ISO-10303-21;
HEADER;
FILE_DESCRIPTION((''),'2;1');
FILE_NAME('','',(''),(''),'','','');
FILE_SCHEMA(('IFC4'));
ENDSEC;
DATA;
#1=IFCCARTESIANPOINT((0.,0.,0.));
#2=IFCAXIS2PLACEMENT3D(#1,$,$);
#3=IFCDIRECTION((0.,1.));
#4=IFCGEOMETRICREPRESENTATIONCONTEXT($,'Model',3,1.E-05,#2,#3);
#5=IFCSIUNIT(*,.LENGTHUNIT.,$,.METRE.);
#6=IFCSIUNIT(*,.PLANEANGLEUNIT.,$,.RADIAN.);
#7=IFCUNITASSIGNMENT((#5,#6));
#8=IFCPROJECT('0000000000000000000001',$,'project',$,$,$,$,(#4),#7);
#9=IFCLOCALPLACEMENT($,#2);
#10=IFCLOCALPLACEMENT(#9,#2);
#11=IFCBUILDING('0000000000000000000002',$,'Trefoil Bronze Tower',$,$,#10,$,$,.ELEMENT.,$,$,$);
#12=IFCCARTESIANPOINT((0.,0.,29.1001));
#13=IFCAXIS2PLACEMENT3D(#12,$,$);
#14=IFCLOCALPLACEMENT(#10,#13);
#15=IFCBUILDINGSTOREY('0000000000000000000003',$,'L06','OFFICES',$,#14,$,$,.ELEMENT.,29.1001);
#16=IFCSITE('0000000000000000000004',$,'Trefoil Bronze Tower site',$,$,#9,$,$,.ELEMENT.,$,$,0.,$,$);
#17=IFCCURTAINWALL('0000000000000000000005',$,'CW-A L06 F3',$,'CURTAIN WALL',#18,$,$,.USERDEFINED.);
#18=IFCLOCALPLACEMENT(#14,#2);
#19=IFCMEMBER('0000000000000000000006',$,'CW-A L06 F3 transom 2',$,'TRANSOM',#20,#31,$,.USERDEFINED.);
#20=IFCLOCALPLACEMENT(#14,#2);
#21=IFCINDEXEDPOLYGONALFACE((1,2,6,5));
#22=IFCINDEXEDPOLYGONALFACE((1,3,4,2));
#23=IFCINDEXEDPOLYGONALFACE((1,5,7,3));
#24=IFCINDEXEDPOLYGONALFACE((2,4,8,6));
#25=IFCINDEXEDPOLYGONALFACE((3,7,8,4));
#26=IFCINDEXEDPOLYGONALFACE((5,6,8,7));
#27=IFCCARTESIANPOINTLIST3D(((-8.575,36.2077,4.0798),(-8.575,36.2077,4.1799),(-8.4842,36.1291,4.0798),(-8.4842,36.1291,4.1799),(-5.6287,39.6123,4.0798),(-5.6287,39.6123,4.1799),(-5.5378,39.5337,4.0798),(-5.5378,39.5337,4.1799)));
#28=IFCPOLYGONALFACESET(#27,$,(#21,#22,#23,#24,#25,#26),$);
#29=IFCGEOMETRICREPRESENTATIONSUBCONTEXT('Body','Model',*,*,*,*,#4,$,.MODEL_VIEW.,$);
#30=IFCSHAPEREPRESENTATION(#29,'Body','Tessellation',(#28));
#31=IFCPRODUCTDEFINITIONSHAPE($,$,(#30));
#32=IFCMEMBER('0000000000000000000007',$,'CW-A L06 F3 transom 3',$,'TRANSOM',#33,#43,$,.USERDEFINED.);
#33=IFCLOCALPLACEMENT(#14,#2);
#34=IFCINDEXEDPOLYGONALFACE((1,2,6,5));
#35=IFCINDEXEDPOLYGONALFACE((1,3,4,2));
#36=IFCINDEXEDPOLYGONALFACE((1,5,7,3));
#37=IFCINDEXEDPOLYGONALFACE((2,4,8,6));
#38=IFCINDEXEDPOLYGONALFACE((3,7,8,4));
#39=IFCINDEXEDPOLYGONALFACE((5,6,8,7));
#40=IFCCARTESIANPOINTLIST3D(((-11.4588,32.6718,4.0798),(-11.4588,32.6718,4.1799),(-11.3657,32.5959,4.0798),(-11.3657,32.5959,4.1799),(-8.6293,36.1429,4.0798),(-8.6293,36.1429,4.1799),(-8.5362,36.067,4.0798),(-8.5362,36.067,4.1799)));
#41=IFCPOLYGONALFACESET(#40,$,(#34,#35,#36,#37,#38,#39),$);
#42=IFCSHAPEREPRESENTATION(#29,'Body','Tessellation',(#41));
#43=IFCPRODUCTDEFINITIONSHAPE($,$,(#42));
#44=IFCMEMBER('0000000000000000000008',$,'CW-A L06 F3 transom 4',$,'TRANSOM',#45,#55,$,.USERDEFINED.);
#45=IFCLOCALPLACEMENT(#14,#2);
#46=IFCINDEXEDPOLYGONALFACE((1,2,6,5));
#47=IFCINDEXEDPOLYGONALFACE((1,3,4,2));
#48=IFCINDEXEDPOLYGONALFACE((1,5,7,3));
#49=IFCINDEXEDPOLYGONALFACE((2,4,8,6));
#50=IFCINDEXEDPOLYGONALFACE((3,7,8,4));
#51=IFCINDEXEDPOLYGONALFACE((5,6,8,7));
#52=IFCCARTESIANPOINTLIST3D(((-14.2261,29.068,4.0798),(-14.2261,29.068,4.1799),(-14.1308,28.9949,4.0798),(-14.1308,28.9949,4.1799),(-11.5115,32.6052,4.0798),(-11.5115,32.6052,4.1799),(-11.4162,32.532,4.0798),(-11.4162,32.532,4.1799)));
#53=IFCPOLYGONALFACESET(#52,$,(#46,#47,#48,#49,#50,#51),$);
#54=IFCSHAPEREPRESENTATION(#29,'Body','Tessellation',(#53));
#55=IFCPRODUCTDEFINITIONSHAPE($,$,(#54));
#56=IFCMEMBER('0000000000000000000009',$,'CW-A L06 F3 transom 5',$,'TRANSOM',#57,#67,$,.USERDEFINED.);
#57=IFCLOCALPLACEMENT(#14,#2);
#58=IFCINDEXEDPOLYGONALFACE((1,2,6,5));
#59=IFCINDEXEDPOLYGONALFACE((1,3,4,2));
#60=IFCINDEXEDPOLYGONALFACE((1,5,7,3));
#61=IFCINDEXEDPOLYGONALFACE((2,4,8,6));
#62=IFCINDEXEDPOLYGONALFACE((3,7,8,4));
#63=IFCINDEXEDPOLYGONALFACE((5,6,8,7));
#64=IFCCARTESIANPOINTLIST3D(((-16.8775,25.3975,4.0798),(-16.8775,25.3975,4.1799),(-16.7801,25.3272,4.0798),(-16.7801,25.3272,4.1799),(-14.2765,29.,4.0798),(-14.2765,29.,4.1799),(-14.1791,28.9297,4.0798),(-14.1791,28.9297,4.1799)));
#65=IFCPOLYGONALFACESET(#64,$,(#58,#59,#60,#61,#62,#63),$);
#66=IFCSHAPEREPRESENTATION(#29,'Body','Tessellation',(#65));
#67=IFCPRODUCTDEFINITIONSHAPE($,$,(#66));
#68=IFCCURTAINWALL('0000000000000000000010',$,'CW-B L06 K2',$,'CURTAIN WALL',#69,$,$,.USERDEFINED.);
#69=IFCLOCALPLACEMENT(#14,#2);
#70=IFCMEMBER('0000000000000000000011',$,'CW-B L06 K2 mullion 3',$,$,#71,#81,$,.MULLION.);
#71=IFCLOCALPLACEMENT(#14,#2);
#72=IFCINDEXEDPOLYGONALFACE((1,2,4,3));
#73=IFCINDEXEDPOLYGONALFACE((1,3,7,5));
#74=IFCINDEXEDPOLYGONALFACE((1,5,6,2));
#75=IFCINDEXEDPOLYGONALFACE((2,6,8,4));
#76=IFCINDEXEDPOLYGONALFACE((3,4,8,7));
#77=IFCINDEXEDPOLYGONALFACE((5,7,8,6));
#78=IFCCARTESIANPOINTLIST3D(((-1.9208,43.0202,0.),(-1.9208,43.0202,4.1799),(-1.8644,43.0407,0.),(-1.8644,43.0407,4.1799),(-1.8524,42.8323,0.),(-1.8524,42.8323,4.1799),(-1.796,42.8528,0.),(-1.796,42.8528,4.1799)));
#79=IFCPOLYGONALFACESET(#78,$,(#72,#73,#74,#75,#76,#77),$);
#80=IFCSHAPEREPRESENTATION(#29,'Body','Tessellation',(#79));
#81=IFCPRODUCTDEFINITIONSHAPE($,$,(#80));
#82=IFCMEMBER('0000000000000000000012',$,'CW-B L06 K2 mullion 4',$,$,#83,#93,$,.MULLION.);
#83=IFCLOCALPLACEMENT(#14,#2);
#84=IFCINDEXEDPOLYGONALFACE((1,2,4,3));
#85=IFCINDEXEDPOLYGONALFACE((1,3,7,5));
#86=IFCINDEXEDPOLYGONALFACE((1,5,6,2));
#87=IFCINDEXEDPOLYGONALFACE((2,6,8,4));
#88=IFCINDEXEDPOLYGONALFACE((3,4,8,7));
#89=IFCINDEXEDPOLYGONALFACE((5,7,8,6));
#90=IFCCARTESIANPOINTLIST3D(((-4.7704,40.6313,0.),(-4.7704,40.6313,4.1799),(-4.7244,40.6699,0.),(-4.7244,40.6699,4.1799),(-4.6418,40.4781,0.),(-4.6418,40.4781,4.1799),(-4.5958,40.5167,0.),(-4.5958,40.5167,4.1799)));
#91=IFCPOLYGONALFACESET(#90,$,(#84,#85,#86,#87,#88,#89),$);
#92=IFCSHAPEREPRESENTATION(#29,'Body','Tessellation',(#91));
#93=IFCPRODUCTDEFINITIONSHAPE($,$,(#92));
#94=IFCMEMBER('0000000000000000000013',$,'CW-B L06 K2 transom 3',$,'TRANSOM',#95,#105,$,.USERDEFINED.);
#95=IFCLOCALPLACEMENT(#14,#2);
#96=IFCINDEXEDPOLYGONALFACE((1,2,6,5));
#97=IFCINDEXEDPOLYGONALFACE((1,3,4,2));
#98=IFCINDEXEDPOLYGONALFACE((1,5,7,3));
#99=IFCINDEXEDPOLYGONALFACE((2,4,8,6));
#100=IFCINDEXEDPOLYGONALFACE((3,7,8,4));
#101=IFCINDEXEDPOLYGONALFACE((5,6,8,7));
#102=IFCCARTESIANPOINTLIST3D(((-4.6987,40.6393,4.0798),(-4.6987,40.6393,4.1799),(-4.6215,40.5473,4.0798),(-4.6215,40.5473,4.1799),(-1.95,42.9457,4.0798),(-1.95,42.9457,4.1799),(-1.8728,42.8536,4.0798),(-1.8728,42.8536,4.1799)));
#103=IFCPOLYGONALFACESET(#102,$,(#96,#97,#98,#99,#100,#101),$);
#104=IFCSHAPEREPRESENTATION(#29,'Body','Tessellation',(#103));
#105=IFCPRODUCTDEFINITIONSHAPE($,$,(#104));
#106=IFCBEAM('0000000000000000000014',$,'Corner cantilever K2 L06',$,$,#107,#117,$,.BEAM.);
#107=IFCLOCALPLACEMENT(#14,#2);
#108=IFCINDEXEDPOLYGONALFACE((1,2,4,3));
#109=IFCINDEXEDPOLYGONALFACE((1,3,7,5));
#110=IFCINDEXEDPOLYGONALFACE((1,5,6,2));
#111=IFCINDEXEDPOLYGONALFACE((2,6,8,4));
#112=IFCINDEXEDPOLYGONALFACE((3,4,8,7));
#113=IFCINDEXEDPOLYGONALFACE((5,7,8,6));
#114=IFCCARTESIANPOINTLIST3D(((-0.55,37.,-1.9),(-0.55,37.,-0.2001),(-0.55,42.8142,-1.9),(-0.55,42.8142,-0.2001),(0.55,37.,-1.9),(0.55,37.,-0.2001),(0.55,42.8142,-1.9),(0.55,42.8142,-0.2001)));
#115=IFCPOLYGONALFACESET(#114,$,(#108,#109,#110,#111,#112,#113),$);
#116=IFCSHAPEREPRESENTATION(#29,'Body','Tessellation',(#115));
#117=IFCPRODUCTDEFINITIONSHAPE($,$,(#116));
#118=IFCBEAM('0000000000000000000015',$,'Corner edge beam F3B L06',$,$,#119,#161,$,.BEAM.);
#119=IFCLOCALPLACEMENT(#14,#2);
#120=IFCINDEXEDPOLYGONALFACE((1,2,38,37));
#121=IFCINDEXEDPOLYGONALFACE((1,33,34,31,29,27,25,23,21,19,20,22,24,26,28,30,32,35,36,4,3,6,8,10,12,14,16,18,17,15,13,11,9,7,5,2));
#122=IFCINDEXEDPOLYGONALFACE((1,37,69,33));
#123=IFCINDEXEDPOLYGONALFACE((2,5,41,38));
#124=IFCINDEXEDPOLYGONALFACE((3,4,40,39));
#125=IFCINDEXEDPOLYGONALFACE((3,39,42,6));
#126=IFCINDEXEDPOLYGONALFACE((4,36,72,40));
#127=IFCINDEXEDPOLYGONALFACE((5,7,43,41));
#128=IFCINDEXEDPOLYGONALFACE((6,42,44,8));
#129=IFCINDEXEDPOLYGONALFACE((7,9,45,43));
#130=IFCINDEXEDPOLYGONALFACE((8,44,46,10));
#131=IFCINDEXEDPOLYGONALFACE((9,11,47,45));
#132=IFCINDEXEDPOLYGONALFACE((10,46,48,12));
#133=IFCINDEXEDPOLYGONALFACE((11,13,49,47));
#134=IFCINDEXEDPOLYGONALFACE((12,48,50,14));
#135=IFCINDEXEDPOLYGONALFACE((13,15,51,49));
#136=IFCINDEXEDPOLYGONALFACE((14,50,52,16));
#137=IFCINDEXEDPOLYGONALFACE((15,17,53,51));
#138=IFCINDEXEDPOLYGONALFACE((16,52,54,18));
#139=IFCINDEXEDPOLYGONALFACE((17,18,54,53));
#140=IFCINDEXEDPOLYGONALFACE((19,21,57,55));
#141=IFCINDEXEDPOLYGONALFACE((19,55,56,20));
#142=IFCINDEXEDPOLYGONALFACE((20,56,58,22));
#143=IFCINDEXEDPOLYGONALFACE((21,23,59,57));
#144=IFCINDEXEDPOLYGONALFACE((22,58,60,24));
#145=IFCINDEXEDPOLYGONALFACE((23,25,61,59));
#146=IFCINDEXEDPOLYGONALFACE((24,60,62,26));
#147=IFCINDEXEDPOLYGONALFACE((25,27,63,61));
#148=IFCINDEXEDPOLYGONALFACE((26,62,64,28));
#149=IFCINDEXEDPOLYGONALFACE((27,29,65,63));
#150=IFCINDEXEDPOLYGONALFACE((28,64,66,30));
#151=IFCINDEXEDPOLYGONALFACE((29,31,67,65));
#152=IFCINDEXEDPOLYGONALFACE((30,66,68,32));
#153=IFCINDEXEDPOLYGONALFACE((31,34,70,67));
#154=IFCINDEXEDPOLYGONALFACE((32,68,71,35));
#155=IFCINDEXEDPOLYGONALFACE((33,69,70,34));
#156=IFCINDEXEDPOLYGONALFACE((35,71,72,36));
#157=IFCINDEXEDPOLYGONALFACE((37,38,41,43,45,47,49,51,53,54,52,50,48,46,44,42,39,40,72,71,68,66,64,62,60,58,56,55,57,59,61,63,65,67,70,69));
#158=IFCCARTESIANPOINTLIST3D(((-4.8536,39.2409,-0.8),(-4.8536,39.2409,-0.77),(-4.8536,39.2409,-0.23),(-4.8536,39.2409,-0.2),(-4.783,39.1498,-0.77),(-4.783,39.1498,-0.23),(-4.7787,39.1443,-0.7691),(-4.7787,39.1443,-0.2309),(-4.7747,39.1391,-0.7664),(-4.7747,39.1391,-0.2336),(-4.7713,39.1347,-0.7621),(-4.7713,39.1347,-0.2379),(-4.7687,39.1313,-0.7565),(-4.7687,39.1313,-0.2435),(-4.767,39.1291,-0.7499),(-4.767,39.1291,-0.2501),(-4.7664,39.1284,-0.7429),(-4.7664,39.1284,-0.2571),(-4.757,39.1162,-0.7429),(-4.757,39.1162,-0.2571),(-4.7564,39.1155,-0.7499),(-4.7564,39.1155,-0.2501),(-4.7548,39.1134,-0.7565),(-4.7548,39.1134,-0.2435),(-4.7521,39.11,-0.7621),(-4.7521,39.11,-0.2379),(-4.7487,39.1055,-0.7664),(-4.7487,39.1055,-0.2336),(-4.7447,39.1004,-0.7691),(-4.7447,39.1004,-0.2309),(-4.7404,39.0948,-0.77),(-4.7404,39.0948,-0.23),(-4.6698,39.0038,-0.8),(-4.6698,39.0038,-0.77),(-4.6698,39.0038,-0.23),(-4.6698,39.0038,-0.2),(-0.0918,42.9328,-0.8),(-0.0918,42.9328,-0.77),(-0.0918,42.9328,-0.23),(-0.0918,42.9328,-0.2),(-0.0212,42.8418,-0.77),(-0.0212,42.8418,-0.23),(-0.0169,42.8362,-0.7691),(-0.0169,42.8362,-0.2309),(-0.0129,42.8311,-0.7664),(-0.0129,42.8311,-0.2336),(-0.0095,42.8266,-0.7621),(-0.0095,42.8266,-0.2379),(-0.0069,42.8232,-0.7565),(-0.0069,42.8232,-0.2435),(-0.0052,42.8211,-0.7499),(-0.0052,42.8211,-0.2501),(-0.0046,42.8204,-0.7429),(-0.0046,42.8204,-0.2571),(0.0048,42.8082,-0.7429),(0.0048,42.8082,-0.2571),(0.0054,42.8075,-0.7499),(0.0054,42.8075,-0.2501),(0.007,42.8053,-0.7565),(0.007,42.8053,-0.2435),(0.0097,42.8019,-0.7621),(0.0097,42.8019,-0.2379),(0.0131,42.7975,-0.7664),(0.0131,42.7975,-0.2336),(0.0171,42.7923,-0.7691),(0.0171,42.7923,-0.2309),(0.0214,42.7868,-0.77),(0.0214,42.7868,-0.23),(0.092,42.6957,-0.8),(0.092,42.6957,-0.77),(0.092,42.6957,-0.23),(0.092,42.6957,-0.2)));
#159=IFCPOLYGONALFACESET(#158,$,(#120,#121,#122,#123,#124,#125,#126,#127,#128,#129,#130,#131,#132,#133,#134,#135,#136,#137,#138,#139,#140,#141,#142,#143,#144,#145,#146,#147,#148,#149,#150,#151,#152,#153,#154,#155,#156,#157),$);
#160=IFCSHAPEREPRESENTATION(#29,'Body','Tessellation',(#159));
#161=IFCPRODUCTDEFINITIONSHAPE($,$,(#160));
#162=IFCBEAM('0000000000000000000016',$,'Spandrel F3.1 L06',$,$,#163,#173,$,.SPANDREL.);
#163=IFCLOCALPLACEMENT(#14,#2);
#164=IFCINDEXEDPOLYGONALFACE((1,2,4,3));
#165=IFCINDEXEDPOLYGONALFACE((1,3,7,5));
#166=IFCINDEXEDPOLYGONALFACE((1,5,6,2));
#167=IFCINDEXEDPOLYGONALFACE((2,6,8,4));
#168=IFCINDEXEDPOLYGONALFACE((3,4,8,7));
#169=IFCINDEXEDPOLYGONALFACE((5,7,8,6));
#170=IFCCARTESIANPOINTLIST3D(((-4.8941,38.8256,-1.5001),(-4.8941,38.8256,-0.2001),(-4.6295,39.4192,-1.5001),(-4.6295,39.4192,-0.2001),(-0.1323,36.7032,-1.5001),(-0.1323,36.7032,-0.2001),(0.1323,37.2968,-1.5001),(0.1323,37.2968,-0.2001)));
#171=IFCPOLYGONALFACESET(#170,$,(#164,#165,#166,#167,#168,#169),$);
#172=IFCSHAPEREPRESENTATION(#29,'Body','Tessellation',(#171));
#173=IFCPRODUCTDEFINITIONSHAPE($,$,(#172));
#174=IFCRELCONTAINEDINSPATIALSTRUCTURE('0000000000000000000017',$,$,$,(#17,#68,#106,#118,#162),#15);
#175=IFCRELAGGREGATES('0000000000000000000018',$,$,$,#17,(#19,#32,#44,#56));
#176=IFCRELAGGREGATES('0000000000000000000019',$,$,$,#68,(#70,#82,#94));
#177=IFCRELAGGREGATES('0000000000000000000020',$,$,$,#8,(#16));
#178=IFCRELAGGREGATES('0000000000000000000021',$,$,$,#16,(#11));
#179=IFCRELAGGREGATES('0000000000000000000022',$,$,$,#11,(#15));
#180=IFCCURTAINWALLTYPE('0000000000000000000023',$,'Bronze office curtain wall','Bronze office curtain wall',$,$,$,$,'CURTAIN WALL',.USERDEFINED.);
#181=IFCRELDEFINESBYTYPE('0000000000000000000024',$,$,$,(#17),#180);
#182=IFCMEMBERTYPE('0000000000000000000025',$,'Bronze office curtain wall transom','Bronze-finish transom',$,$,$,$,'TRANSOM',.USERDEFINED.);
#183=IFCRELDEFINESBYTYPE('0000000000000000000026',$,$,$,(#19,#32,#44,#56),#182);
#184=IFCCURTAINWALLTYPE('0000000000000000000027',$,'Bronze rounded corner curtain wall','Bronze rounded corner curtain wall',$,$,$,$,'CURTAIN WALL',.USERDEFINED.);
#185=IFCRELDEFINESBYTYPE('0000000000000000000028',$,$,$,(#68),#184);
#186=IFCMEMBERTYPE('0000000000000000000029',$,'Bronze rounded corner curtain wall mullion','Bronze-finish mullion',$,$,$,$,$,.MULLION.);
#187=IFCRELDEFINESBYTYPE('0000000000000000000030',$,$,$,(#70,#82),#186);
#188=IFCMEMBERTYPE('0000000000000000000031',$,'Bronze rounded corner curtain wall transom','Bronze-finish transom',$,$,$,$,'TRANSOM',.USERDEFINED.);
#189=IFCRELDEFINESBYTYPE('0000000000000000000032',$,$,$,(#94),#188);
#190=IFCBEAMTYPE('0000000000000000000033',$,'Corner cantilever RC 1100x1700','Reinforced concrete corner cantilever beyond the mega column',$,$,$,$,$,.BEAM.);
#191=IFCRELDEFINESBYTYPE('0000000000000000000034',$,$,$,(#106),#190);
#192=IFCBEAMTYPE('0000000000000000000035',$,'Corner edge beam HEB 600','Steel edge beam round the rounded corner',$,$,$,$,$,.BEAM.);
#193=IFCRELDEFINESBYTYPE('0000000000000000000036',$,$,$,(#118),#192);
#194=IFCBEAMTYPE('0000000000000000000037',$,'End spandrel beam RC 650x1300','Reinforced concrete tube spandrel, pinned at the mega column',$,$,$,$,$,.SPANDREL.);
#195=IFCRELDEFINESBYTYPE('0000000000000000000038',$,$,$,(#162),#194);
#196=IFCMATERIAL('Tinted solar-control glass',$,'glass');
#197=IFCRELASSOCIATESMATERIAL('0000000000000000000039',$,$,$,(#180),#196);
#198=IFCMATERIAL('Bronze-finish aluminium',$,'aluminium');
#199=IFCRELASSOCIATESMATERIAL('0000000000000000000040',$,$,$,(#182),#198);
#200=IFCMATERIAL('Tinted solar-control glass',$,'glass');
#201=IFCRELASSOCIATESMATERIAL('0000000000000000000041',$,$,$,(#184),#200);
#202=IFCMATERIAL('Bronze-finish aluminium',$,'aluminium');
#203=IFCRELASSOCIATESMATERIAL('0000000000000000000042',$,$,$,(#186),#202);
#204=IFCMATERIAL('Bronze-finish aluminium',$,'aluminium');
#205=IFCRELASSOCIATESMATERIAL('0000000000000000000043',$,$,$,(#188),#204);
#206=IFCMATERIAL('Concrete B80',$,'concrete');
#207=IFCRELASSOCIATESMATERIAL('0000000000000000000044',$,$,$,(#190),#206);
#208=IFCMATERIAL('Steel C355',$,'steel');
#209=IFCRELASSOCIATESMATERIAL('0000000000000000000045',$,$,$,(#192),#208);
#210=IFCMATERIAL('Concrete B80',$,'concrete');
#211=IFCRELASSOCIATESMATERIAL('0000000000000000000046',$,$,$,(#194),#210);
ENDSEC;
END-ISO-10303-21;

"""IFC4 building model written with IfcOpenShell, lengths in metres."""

from ifc_helpers import new_model, si_unit, direction, frame, origin, origin_2d, place, context, subcontext, project, spatial, rectangle, i_section, extrude, material, material_profile, profile_set, type_object, element, aggregate, save


model = new_model("IFC4")

# Units and contexts
model_context = context("Model", 3, precision=1e-05, world=origin(), true_north=direction((0.0, 1.0)))
body_context = subcontext(model_context, "Body", "Model", "MODEL_VIEW")
ifc_project = project(units=[si_unit("LENGTHUNIT", "METRE"), si_unit("PLANEANGLEUNIT", "RADIAN")], contexts=[model_context])

# Site, building, storey
site_placement = place(None, origin())
site = spatial("IfcSite", under=ifc_project, at=site_placement, Name="Trefoil Bronze Tower site", CompositionType="ELEMENT", RefElevation=0.0)
building_placement = place(site_placement, origin())
building = spatial("IfcBuilding", under=site, at=building_placement, Name="Trefoil Bronze Tower", CompositionType="ELEMENT")
storey_placement = place(building_placement, frame((0.0, 0.0, 29.1001)))
storey = spatial("IfcBuildingStorey", under=building, at=storey_placement, Name="L06", Description="OFFICES", CompositionType="ELEMENT", Elevation=29.1001)

# Curtain walls, members
ifc_material_1 = material(Name="Tinted solar-control glass", Category="glass")
curtain_wall_type_1 = type_object("IfcCurtainWallType", Name="Bronze office curtain wall", Description="Bronze office curtain wall", ElementType="CURTAIN WALL", PredefinedType="USERDEFINED", material=ifc_material_1)
curtain_wall_1_placement = place(storey_placement, origin())
curtain_wall_1 = element("IfcCurtainWall", 1, at=curtain_wall_1_placement, inside=storey, type_object=curtain_wall_type_1, Name="CW-A L06 F3", ObjectType="CURTAIN WALL", PredefinedType="USERDEFINED")
ifc_material_2 = material(Name="Bronze-finish aluminium", Category="aluminium")
ifc_material_profile_1 = material_profile(ifc_material_2, rectangle(XDim=0.1201, YDim=0.1001, at=origin_2d()), Name="CW-A transom")
ifc_profile_set_1 = profile_set([ifc_material_profile_1], Name="Bronze-finish aluminium")
member_type_1 = type_object("IfcMemberType", Name="Bronze office curtain wall transom", Description="Bronze-finish transom", ElementType="TRANSOM", PredefinedType="USERDEFINED", material=ifc_profile_set_1)
member_1_placement = place(storey_placement, frame((-5.5833, 39.573, 4.1299), z_axis=(-0.654383, -0.756163, 0.0), x_axis=(0.756163, -0.654383, 0.0)))
member_1 = element("IfcMember", 2, at=member_1_placement, type_object=member_type_1, Name="CW-A L06 F3 transom 2", ObjectType="TRANSOM", PredefinedType="USERDEFINED", context=body_context, shape_type="SweptSolid", body=[
    extrude(rectangle(XDim=0.1201, YDim=0.1001, at=origin_2d()), origin(), (0.0, 0.0, 1.0), 4.5024),
])
member_2_placement = place(storey_placement, frame((-8.5828, 36.105, 4.1299), z_axis=(-0.631836, -0.775102, 0.0), x_axis=(0.775102, -0.631836, 0.0)))
member_2 = element("IfcMember", 3, at=member_2_placement, type_object=member_type_1, Name="CW-A L06 F3 transom 3", ObjectType="TRANSOM", PredefinedType="USERDEFINED", context=body_context, shape_type="SweptSolid", body=[
    extrude(rectangle(XDim=0.1201, YDim=0.1001, at=origin_2d()), origin(), (0.0, 0.0, 1.0), 4.4783),
])
member_3_placement = place(storey_placement, frame((-11.4639, 32.5686, 4.1299), z_axis=(-0.608829, -0.793301, 0.0), x_axis=(0.793301, -0.608829, 0.0)))
member_3 = element("IfcMember", 4, at=member_3_placement, type_object=member_type_1, Name="CW-A L06 F3 transom 4", ObjectType="TRANSOM", PredefinedType="USERDEFINED", context=body_context, shape_type="SweptSolid", body=[
    extrude(rectangle(XDim=0.1201, YDim=0.1001, at=origin_2d()), origin(), (0.0, 0.0, 1.0), 4.4587),
])
member_4_placement = place(storey_placement, frame((-14.2278, 28.9648, 4.1299), z_axis=(-0.585378, -0.81076, 0.0), x_axis=(0.81076, -0.585378, 0.0)))
member_4 = element("IfcMember", 5, at=member_4_placement, type_object=member_type_1, Name="CW-A L06 F3 transom 5", ObjectType="TRANSOM", PredefinedType="USERDEFINED", context=body_context, shape_type="SweptSolid", body=[
    extrude(rectangle(XDim=0.1201, YDim=0.1001, at=origin_2d()), origin(), (0.0, 0.0, 1.0), 4.4434),
])
ifc_material_3 = material(Name="Tinted solar-control glass", Category="glass")
curtain_wall_type_2 = type_object("IfcCurtainWallType", Name="Bronze rounded corner curtain wall", Description="Bronze rounded corner curtain wall", ElementType="CURTAIN WALL", PredefinedType="USERDEFINED", material=ifc_material_3)
curtain_wall_2_placement = place(storey_placement, origin())
curtain_wall_2 = element("IfcCurtainWall", 6, at=curtain_wall_2_placement, inside=storey, type_object=curtain_wall_type_2, Name="CW-B L06 K2", ObjectType="CURTAIN WALL", PredefinedType="USERDEFINED")
ifc_material_4 = material(Name="Bronze-finish aluminium", Category="aluminium")
ifc_material_profile_2 = material_profile(ifc_material_4, rectangle(XDim=0.2, YDim=0.0601, at=origin_2d()), Name="CW-B mullion")
ifc_profile_set_2 = profile_set([ifc_material_profile_2], Name="Bronze-finish aluminium")
member_type_2 = type_object("IfcMemberType", Name="Bronze rounded corner curtain wall mullion", Description="Bronze-finish mullion", PredefinedType="MULLION", material=ifc_profile_set_2)
member_5_placement = place(storey_placement, frame((-1.8584, 42.9365, 0.0), z_axis=(0.0, 0.0, 1.0), x_axis=(0.34202, -0.939693, 0.0)))
member_5 = element("IfcMember", 7, at=member_5_placement, type_object=member_type_2, Name="CW-B L06 K2 mullion 3", PredefinedType="MULLION", context=body_context, shape_type="SweptSolid", body=[
    extrude(rectangle(XDim=0.2, YDim=0.0601, at=origin_2d()), origin(), (0.0, 0.0, 1.0), 4.1799),
])
member_6_placement = place(storey_placement, frame((-4.6831, 40.574, 0.0), z_axis=(0.0, 0.0, 1.0), x_axis=(0.642788, -0.766044, 0.0)))
member_6 = element("IfcMember", 8, at=member_6_placement, type_object=member_type_2, Name="CW-B L06 K2 mullion 4", PredefinedType="MULLION", context=body_context, shape_type="SweptSolid", body=[
    extrude(rectangle(XDim=0.2, YDim=0.0601, at=origin_2d()), origin(), (0.0, 0.0, 1.0), 4.1799),
])
ifc_material_5 = material(Name="Bronze-finish aluminium", Category="aluminium")
ifc_material_profile_3 = material_profile(ifc_material_5, rectangle(XDim=0.1201, YDim=0.1001, at=origin_2d()), Name="CW-B transom")
ifc_profile_set_3 = profile_set([ifc_material_profile_3], Name="Bronze-finish aluminium")
member_type_3 = type_object("IfcMemberType", Name="Bronze rounded corner curtain wall transom", Description="Bronze-finish transom", ElementType="TRANSOM", PredefinedType="USERDEFINED", material=ifc_profile_set_3)
member_7_placement = place(storey_placement, frame((-1.9114, 42.8997, 4.1299), z_axis=(-0.766059, -0.642771, 0.0), x_axis=(0.642771, -0.766059, 0.0)))
member_7 = element("IfcMember", 9, at=member_7_placement, type_object=member_type_3, Name="CW-B L06 K2 transom 3", ObjectType="TRANSOM", PredefinedType="USERDEFINED", context=body_context, shape_type="SweptSolid", body=[
    extrude(rectangle(XDim=0.1201, YDim=0.1001, at=origin_2d()), origin(), (0.0, 0.0, 1.0), 3.5881),
])

# Beams
ifc_material_6 = material(Name="Concrete B80", Category="concrete")
ifc_material_profile_4 = material_profile(ifc_material_6, rectangle(XDim=1.1001, YDim=1.7, at=origin_2d()), Name="RC 1100x1700")
ifc_profile_set_4 = profile_set([ifc_material_profile_4], Name="Concrete B80")
beam_type_1 = type_object("IfcBeamType", Name="Corner cantilever RC 1100x1700", Description="Reinforced concrete corner cantilever beyond the mega column", PredefinedType="BEAM", material=ifc_profile_set_4)
beam_1_placement = place(storey_placement, frame((0.0, 37.0, -1.05), z_axis=(0.0, 1.0, 0.0), x_axis=(-1.0, 0.0, 0.0)))
element("IfcBeam", 10, at=beam_1_placement, inside=storey, type_object=beam_type_1, Name="Corner cantilever K2 L06", PredefinedType="BEAM", context=body_context, shape_type="SweptSolid", body=[
    extrude(rectangle(XDim=1.1001, YDim=1.7, at=origin_2d()), origin(), (0.0, 0.0, 1.0), 5.8142),
])
ifc_material_7 = material(Name="Steel C355", Category="steel")
ifc_material_profile_5 = material_profile(ifc_material_7, i_section(OverallWidth=0.3, OverallDepth=0.6001, WebThickness=0.0154, FlangeThickness=0.03, FilletRadius=0.0271, at=origin_2d()), Name="HEB 600")
ifc_profile_set_5 = profile_set([ifc_material_profile_5], Name="Steel C355")
beam_type_2 = type_object("IfcBeamType", Name="Corner edge beam HEB 600", Description="Steel edge beam round the rounded corner", PredefinedType="BEAM", material=ifc_profile_set_5)
beam_2_placement = place(storey_placement, frame((-4.7617, 39.1223, -0.5), z_axis=(0.790289, 0.612734, 0.0), x_axis=(-0.612734, 0.790289, 0.0)))
element("IfcBeam", 11, at=beam_2_placement, inside=storey, type_object=beam_type_2, Name="Corner edge beam F3B L06", PredefinedType="BEAM", context=body_context, shape_type="SweptSolid", body=[
    extrude(i_section(OverallWidth=0.3, OverallDepth=0.6001, WebThickness=0.0154, FlangeThickness=0.03, FilletRadius=0.0271, at=origin_2d()), origin(), (0.0, 0.0, 1.0), 6.0254),
])
ifc_material_8 = material(Name="Concrete B80", Category="concrete")
ifc_material_profile_6 = material_profile(ifc_material_8, rectangle(XDim=0.6499, YDim=1.3, at=origin_2d()), Name="RC 650x1300")
ifc_profile_set_6 = profile_set([ifc_material_profile_6], Name="Concrete B80")
beam_type_3 = type_object("IfcBeamType", Name="End spandrel beam RC 650x1300", Description="Reinforced concrete tube spandrel, pinned at the mega column", PredefinedType="SPANDREL", material=ifc_profile_set_6)
beam_3_placement = place(storey_placement, frame((0.0, 37.0, -0.8501), z_axis=(-0.913384, 0.407099, 0.0), x_axis=(-0.407099, -0.913384, 0.0)))
element("IfcBeam", 12, at=beam_3_placement, inside=storey, type_object=beam_type_3, Name="Spandrel F3.1 L06", PredefinedType="SPANDREL", context=body_context, shape_type="SweptSolid", body=[
    extrude(rectangle(XDim=0.6499, YDim=1.3, at=origin_2d()), origin(), (0.0, 0.0, 1.0), 5.2134),
])

aggregate(curtain_wall_1, [member_1, member_2, member_3, member_4])
aggregate(curtain_wall_2, [member_5, member_6, member_7])

save(model, "model.ifc")
